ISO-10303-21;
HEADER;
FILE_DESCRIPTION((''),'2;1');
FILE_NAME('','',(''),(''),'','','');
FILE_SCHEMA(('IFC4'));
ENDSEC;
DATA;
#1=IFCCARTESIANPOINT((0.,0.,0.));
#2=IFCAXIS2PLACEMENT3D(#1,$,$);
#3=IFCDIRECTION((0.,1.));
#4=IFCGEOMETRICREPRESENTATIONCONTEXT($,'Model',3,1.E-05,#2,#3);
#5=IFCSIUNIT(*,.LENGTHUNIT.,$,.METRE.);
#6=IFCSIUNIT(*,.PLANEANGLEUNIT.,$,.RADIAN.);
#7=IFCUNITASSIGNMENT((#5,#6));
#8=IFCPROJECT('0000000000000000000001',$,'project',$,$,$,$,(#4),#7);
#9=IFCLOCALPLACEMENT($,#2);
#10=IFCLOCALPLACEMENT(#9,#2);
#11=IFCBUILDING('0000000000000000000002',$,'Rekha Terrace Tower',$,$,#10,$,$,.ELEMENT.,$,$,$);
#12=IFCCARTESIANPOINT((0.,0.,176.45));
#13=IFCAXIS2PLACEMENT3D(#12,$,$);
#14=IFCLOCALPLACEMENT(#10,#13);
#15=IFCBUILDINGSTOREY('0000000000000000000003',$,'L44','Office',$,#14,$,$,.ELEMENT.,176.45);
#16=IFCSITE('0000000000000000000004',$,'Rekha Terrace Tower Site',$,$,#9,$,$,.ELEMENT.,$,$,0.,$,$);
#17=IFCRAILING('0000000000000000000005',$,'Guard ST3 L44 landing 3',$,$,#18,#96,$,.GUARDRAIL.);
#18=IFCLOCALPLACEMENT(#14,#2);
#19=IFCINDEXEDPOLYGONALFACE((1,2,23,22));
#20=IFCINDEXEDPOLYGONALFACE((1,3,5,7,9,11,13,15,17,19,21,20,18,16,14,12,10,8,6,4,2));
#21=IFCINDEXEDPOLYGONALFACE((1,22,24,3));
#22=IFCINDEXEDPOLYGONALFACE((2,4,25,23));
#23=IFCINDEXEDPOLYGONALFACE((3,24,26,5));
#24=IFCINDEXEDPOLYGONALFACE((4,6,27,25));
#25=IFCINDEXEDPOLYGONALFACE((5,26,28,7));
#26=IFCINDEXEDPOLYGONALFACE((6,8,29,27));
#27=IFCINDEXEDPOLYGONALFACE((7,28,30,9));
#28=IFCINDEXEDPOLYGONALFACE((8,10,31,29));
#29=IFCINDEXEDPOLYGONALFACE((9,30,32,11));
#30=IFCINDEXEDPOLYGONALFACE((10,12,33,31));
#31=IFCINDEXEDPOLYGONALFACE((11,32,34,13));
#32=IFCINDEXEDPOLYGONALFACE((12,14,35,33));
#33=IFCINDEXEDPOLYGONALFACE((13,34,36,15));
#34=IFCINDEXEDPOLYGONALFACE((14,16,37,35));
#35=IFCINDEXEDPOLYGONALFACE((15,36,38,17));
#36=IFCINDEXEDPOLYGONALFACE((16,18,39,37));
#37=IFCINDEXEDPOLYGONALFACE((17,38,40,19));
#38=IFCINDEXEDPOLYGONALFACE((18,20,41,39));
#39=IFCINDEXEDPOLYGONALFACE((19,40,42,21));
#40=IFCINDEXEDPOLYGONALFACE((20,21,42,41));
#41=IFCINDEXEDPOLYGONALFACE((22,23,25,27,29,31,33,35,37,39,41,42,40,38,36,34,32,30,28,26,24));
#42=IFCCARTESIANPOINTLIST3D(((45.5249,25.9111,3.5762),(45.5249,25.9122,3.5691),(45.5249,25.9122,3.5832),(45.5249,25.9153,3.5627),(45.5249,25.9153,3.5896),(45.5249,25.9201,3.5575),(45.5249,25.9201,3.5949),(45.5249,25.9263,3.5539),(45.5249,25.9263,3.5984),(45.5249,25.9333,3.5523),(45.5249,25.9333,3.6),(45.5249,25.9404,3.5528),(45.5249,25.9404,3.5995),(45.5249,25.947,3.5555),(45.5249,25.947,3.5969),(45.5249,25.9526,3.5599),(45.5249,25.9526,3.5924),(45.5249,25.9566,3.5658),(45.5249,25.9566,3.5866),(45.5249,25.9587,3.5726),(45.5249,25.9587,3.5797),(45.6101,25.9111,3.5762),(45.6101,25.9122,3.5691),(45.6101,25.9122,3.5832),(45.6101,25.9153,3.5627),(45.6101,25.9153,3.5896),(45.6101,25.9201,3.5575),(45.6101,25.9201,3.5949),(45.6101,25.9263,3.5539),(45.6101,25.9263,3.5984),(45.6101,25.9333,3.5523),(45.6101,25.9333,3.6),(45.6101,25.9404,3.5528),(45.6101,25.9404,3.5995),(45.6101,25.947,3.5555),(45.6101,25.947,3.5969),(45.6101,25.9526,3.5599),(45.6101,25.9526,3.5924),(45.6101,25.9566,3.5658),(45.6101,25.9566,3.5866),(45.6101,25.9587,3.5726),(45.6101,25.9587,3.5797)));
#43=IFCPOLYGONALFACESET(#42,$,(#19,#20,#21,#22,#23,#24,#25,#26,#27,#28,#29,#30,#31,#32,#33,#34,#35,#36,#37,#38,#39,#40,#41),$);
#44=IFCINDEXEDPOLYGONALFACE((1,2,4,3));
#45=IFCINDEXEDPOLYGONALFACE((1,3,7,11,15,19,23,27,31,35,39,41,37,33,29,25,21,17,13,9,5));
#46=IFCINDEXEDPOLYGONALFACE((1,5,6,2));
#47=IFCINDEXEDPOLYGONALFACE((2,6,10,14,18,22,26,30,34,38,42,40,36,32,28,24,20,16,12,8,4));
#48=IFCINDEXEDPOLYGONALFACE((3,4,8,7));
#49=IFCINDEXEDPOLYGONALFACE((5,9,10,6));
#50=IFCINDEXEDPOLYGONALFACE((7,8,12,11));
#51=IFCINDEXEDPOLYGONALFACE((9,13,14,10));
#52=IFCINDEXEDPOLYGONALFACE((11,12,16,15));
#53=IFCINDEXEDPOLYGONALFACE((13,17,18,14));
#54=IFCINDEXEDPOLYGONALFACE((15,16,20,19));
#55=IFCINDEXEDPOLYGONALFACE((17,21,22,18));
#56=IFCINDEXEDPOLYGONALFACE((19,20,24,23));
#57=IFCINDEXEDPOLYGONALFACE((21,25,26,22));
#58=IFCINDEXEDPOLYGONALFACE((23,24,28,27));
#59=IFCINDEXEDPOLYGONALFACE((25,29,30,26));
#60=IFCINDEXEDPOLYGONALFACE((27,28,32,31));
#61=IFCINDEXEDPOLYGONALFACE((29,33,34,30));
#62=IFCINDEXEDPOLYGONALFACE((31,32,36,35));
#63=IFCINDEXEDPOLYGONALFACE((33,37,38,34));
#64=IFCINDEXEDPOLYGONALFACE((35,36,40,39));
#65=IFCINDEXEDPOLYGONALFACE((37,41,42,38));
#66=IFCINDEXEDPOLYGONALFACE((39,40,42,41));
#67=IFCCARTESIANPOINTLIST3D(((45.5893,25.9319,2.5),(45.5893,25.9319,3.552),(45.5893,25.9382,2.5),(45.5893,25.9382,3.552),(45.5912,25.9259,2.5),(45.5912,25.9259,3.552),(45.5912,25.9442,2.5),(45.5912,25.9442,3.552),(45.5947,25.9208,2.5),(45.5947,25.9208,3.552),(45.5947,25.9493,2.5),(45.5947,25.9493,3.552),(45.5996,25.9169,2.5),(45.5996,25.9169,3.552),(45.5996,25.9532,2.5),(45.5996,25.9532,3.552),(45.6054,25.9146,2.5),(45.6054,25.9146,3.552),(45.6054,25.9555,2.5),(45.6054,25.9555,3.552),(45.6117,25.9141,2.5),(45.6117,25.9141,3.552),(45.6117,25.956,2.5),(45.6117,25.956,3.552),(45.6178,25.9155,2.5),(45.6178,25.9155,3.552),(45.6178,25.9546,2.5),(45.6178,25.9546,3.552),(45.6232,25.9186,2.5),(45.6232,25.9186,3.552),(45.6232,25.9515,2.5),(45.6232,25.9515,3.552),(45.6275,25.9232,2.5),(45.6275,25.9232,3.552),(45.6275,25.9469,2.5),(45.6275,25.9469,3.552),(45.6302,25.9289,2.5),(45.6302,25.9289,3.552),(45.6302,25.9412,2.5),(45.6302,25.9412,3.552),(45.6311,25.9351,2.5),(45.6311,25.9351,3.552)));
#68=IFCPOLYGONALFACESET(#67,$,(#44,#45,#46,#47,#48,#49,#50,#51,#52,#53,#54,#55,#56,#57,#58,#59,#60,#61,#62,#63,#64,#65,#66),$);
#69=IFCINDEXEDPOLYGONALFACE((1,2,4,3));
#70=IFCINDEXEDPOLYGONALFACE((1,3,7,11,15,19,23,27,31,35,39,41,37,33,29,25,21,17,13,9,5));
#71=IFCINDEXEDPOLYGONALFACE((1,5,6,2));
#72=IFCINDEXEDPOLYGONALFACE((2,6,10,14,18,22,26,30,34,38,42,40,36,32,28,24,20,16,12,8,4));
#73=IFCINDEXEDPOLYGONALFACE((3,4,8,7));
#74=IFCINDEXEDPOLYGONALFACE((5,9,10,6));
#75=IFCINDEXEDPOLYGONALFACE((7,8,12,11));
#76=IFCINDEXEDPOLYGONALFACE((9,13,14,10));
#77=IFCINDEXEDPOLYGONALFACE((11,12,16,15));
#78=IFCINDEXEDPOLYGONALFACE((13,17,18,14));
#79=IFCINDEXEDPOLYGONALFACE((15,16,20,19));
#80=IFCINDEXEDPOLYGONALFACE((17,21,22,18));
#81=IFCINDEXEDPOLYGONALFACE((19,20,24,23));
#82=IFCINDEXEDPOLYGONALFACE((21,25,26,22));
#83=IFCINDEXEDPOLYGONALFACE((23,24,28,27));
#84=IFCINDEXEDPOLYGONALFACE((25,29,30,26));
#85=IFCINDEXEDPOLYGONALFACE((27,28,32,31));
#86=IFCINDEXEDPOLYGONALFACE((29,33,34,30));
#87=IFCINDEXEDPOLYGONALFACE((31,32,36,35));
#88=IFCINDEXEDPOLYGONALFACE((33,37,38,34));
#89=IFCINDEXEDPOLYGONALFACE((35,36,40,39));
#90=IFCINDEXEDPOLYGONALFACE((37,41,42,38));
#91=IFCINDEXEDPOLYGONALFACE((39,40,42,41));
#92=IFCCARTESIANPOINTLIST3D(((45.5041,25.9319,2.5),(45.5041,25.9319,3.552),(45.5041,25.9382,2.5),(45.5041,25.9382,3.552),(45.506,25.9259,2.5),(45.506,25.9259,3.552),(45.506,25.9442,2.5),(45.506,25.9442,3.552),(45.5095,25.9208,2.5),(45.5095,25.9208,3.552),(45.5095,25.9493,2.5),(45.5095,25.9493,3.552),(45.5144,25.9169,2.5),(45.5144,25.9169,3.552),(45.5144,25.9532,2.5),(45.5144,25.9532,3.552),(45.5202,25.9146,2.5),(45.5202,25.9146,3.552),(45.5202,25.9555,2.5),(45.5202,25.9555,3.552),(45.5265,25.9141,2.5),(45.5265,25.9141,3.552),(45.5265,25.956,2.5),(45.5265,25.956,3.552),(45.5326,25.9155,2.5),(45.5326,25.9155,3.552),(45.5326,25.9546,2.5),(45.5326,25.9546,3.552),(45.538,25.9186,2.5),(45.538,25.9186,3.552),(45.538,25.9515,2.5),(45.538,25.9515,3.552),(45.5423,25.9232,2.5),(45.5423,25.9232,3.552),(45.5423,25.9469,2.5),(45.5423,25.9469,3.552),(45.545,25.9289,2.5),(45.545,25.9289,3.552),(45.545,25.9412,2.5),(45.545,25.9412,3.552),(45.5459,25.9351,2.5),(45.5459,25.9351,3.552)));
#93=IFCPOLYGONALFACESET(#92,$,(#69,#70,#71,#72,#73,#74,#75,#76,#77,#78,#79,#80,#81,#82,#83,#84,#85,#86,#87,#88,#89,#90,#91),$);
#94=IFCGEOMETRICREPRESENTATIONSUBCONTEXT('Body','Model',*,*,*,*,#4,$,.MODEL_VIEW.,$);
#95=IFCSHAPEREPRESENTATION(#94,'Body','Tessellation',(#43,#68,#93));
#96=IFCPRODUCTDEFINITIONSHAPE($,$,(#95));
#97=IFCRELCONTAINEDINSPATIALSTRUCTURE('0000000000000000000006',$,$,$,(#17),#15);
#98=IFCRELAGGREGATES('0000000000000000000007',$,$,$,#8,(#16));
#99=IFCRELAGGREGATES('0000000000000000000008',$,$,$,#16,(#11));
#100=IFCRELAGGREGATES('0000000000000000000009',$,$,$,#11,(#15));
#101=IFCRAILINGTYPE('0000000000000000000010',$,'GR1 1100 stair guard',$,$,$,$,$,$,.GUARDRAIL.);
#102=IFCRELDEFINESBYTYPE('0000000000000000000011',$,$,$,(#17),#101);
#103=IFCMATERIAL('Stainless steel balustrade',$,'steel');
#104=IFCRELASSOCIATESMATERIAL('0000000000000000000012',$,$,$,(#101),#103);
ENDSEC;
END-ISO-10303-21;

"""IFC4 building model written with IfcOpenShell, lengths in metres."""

from ifc_helpers import new_model, si_unit, direction, frame, origin, origin_2d, place, context, subcontext, project, spatial, circle, extrude, material, type_object, element, save


model = new_model("IFC4")

# Units and contexts
model_context = context("Model", 3, precision=1e-05, world=origin(), true_north=direction((0.0, 1.0)))
body_context = subcontext(model_context, "Body", "Model", "MODEL_VIEW")
ifc_project = project(units=[si_unit("LENGTHUNIT", "METRE"), si_unit("PLANEANGLEUNIT", "RADIAN")], contexts=[model_context])

# Site, building, storey
site_placement = place(None, origin())
site = spatial("IfcSite", under=ifc_project, at=site_placement, Name="Rekha Terrace Tower Site", CompositionType="ELEMENT", RefElevation=0.0)
building_placement = place(site_placement, origin())
building = spatial("IfcBuilding", under=site, at=building_placement, Name="Rekha Terrace Tower", CompositionType="ELEMENT")
storey_placement = place(building_placement, frame((0.0, 0.0, 176.45)))
storey = spatial("IfcBuildingStorey", under=building, at=storey_placement, Name="L44", Description="Office", CompositionType="ELEMENT", Elevation=176.45)

# Railing
ifc_material_1 = material(Name="Stainless steel balustrade", Category="steel")
railing_type_1 = type_object("IfcRailingType", Name="GR1 1100 stair guard", PredefinedType="GUARDRAIL", material=ifc_material_1)
railing_1_placement = place(storey_placement, frame((45.6101, 25.9351, 2.5)))
element("IfcRailing", 1, at=railing_1_placement, inside=storey, type_object=railing_type_1, Name="Guard ST3 L44 landing 3", PredefinedType="GUARDRAIL", context=body_context, shape_type="SweptSolid", body=[
    extrude(circle(Radius=0.0239, at=origin_2d()), frame((0.0, 0.0, 1.0762), z_axis=(-1.0, 0.0, 0.0), x_axis=(0.0, -1.0, 0.0)), (0.0, 0.0, 1.0), 0.0852),
    extrude(circle(Radius=0.021, at=origin_2d()), origin(), (0.0, 0.0, 1.0), 1.052),
    extrude(circle(Radius=0.021, at=origin_2d()), frame((-0.0852, 0.0, 0.0)), (0.0, 0.0, 1.0), 1.052),
])

save(model, "model.ifc")
